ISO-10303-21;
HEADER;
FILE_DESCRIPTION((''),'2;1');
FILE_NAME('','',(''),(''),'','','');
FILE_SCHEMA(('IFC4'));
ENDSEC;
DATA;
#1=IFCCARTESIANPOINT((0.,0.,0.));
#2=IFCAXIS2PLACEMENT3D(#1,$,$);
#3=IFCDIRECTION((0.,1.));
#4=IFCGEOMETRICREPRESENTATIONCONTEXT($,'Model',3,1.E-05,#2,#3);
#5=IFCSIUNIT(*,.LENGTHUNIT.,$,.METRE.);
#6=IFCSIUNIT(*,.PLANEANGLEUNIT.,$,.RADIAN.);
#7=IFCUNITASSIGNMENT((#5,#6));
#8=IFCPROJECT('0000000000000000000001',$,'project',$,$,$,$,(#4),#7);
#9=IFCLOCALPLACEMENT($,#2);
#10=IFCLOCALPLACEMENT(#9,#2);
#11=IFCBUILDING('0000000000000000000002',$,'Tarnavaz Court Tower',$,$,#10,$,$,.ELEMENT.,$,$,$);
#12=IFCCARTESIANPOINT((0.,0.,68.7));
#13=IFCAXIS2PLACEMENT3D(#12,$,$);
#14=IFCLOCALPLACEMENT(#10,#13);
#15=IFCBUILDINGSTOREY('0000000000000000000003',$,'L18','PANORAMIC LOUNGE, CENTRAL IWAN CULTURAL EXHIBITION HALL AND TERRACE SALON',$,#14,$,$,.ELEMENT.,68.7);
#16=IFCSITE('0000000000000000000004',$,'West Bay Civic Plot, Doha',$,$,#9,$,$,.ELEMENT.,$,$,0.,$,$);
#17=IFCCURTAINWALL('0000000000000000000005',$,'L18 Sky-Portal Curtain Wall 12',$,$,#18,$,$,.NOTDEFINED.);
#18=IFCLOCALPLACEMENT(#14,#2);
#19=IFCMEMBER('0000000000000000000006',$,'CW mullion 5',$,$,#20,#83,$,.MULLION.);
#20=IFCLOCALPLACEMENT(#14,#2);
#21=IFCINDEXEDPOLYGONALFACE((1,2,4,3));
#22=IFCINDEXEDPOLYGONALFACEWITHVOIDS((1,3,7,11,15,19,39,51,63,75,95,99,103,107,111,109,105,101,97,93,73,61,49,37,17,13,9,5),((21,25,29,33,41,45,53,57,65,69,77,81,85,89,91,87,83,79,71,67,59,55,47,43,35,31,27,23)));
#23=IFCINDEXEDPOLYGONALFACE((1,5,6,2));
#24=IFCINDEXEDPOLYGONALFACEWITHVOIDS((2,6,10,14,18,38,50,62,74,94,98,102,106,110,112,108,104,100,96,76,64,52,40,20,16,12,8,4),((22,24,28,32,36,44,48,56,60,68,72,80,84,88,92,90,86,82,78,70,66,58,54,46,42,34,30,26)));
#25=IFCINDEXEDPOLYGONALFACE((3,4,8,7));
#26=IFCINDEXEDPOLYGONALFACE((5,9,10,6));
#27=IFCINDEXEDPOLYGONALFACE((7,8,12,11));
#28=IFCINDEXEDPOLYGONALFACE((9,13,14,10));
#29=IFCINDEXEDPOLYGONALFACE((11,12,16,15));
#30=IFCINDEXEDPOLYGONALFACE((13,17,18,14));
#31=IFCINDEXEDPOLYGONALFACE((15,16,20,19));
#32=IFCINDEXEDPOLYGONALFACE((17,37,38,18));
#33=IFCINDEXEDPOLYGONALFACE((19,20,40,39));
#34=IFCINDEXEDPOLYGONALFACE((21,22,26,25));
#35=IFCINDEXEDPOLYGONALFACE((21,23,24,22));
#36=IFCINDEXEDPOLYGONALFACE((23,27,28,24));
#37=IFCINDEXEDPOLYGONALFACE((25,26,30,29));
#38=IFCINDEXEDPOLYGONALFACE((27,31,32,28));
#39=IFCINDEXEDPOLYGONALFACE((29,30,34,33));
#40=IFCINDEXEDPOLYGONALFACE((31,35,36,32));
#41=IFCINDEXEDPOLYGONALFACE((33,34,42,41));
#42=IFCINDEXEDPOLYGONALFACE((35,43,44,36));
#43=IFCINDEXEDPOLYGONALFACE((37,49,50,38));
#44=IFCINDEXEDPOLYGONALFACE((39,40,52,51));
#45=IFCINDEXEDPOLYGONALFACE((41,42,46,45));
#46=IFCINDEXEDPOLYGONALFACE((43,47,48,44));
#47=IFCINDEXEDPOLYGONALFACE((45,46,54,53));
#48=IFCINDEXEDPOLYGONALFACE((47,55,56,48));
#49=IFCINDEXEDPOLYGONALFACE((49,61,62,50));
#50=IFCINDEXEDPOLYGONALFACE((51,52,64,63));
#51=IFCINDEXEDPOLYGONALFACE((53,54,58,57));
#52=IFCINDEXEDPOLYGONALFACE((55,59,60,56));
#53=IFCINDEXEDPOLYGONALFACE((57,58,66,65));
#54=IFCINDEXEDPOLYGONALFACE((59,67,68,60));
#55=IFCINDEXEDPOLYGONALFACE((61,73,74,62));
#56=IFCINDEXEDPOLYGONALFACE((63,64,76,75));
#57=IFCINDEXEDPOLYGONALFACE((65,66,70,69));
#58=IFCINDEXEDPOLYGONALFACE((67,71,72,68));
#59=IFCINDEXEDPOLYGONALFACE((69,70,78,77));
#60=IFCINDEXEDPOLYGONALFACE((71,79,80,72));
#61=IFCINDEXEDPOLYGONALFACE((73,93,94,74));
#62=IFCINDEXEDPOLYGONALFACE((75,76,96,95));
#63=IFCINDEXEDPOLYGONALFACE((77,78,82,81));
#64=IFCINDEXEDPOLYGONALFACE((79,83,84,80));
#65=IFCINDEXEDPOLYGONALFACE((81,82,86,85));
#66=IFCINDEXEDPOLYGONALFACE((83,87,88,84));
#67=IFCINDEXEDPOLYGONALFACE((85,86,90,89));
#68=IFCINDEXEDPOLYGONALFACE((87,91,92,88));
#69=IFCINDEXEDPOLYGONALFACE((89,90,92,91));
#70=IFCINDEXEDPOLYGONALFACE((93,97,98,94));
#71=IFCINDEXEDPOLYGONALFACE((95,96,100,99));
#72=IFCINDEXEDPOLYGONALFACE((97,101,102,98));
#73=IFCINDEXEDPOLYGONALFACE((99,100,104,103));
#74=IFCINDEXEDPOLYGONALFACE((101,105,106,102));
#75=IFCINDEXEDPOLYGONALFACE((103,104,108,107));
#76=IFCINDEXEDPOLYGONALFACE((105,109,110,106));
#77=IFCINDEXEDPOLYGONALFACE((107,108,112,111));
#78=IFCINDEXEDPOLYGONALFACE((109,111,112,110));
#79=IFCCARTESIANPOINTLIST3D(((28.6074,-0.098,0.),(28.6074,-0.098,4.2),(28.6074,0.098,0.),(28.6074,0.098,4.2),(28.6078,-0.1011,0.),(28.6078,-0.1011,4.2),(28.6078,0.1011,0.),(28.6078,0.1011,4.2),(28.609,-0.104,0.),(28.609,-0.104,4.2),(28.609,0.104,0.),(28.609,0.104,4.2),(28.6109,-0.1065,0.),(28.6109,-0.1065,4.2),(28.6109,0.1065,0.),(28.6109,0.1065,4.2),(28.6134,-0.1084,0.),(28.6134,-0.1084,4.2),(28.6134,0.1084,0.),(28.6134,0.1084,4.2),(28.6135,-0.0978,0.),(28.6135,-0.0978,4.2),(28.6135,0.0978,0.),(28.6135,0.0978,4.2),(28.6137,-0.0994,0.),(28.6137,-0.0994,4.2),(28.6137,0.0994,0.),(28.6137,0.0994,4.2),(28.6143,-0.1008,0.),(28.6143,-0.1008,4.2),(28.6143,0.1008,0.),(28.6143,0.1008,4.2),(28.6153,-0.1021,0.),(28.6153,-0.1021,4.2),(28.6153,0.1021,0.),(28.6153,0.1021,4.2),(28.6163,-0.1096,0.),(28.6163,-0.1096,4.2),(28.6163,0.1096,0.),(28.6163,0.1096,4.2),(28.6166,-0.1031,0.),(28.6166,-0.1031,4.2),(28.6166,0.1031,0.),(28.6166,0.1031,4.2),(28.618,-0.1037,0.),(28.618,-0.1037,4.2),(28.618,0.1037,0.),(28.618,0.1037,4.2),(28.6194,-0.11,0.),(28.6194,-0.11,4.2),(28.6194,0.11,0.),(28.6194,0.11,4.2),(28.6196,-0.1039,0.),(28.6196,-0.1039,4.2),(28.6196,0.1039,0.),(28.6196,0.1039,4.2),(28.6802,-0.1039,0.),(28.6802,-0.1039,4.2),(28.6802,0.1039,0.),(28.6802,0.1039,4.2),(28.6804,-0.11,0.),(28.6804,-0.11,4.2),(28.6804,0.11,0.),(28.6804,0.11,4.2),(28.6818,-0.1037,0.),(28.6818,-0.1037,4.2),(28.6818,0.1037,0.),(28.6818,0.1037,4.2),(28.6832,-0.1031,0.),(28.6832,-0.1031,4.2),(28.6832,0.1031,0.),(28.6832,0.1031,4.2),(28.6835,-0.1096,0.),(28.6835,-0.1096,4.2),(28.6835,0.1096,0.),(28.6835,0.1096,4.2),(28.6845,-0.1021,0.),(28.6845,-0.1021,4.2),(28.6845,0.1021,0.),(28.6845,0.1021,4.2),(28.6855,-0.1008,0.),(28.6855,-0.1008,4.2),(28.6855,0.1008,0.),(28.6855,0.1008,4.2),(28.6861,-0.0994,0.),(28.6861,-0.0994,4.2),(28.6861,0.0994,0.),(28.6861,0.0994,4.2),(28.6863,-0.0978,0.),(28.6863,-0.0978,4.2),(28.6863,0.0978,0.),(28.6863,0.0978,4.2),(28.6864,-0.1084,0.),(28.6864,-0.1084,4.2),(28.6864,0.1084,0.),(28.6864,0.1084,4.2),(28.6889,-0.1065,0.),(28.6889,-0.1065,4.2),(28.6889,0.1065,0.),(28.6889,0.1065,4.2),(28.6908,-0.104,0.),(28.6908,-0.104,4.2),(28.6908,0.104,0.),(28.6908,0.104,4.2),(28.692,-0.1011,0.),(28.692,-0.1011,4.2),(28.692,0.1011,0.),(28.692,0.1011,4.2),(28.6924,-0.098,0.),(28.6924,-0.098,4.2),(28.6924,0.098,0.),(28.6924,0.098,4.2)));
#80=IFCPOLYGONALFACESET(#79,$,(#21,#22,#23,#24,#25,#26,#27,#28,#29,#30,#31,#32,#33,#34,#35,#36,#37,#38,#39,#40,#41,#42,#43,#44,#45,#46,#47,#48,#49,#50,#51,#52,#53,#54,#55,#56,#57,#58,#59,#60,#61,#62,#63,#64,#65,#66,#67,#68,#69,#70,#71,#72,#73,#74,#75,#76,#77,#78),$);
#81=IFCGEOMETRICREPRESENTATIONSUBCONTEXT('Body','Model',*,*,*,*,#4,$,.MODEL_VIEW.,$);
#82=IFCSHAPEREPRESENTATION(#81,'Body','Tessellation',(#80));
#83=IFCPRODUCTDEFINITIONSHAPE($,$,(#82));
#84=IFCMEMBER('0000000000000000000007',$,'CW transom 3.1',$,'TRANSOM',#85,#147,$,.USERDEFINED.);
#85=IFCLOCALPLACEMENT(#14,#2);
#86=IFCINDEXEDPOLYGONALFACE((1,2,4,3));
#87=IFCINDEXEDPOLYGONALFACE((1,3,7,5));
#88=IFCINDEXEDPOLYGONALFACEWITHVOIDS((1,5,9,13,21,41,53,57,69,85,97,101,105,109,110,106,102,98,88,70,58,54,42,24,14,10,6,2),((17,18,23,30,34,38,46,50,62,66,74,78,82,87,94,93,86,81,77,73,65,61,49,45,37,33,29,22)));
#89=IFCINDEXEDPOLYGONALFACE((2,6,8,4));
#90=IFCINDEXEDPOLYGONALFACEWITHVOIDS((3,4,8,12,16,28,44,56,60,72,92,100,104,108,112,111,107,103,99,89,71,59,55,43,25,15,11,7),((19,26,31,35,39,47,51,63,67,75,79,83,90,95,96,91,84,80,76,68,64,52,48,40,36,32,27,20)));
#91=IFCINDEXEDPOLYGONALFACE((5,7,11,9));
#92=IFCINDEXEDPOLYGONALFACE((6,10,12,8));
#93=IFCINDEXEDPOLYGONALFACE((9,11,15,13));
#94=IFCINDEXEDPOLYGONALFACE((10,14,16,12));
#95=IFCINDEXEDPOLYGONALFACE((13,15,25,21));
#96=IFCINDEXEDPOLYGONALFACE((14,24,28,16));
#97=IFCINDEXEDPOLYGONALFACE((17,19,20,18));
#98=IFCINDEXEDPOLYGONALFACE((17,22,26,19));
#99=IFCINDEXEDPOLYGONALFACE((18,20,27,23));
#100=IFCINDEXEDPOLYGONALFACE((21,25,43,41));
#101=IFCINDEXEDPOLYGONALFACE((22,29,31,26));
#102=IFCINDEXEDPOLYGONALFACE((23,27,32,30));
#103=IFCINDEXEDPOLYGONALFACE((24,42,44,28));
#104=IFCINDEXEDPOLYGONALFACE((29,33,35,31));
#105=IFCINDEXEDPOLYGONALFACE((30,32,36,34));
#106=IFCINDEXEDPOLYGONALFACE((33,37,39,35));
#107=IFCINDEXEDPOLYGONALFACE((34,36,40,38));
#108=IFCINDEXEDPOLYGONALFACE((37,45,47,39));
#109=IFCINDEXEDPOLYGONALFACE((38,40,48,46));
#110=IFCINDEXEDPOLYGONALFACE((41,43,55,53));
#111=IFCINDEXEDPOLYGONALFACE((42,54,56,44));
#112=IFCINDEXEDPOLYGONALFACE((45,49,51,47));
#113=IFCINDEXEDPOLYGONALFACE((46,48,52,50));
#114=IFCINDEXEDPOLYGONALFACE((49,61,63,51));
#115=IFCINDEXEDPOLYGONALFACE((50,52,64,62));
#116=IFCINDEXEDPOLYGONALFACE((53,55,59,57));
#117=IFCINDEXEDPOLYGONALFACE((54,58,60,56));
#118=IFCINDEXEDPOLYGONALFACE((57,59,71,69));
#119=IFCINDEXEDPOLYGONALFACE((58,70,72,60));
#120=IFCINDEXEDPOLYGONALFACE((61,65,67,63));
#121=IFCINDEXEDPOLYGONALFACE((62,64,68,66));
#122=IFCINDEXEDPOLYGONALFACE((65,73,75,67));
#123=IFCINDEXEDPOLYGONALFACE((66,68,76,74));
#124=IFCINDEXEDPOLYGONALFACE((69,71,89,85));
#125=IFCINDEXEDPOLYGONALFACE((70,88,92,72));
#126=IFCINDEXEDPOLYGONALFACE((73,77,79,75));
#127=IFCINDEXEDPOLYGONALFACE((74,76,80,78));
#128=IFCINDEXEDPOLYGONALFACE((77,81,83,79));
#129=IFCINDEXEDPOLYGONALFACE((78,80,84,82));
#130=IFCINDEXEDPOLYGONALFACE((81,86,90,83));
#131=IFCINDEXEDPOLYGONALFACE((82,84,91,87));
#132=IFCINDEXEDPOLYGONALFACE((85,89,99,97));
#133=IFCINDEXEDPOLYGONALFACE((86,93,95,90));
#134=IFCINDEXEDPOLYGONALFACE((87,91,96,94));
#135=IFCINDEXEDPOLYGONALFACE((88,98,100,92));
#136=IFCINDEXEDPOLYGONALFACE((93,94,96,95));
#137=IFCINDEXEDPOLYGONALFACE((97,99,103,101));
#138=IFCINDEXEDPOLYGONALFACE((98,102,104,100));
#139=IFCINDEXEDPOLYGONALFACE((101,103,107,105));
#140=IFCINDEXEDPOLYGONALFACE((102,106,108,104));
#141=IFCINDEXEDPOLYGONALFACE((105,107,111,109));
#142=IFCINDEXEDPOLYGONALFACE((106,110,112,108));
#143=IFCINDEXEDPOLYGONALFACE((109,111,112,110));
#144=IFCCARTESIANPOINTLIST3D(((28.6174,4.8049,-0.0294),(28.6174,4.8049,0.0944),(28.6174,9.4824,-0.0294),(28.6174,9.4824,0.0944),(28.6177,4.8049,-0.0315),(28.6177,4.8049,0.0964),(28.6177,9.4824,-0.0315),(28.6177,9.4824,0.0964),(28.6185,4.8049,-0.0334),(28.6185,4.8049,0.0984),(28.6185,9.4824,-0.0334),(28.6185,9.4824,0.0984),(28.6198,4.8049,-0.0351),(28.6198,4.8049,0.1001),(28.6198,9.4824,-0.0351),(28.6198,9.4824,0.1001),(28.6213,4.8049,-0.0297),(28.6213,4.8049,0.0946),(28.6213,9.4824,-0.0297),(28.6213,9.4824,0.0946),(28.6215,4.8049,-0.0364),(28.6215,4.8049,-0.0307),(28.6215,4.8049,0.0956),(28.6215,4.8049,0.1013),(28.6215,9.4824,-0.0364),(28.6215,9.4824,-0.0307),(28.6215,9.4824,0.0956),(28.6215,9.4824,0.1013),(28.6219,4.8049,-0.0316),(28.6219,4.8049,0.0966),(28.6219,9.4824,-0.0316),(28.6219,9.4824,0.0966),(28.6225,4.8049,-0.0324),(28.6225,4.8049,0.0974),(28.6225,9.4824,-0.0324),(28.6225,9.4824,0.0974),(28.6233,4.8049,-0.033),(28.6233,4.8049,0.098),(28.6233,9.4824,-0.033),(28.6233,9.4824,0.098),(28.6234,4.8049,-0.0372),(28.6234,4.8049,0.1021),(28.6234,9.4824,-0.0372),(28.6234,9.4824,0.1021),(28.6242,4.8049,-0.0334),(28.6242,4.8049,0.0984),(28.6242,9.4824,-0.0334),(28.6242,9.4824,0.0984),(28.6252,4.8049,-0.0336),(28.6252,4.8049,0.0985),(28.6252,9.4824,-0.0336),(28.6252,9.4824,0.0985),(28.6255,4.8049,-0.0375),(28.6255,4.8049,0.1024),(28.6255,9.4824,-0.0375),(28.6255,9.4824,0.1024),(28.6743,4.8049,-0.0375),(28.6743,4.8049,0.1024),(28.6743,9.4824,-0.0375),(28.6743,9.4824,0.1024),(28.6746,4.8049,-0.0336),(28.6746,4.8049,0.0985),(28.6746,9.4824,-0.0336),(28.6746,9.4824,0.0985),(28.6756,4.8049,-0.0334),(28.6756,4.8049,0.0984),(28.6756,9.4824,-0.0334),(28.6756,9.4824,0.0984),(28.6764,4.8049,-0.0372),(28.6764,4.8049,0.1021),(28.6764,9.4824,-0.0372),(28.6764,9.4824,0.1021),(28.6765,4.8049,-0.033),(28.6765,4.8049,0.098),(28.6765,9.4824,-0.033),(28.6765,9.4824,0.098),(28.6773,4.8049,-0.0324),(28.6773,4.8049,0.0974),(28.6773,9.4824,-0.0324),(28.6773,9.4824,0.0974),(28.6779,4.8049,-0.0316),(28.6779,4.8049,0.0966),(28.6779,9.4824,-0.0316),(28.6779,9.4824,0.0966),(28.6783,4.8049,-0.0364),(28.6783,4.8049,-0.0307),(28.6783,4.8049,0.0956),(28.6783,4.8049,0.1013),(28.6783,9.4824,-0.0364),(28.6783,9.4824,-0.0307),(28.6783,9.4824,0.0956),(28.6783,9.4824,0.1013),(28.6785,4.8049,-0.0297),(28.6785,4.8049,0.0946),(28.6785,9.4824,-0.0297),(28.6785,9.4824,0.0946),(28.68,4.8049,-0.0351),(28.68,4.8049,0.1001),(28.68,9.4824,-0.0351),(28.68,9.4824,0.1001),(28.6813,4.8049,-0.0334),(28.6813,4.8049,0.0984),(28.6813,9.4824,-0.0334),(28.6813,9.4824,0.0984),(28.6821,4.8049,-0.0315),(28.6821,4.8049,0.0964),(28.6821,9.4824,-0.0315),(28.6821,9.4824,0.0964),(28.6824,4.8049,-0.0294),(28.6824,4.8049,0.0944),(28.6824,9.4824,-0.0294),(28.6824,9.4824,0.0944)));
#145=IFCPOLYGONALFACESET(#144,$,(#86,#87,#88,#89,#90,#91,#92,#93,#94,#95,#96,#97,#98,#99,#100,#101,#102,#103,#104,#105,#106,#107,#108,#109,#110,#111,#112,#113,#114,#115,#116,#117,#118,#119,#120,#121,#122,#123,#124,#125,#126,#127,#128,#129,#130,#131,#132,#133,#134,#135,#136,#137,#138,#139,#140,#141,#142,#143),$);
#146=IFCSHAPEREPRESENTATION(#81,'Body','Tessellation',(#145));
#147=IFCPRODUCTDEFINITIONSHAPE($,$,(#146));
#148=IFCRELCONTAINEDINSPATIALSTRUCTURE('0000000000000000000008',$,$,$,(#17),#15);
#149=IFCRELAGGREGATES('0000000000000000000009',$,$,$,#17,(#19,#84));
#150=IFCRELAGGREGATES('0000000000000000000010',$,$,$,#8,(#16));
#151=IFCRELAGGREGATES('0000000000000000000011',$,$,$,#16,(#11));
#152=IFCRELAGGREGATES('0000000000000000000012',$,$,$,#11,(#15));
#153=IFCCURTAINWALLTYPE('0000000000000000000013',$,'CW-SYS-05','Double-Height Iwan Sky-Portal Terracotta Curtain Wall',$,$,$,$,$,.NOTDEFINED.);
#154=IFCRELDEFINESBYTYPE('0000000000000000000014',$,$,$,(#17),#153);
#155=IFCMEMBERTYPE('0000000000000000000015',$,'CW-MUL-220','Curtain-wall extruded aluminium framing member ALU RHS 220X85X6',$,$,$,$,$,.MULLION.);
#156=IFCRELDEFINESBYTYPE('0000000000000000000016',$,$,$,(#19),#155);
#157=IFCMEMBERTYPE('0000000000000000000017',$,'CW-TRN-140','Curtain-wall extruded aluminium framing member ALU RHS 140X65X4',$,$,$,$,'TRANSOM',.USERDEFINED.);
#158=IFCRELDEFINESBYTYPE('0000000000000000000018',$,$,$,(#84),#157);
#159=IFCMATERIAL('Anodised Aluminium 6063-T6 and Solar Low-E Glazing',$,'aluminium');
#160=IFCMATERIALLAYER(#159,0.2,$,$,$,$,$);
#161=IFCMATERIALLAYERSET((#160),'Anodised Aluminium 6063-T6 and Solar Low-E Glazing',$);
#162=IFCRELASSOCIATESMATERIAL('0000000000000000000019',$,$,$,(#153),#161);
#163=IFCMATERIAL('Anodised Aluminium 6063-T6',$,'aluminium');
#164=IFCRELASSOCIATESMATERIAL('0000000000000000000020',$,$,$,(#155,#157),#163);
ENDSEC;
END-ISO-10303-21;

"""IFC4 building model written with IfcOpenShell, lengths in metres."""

from ifc_helpers import new_model, si_unit, direction, frame, origin, origin_2d, place, context, subcontext, project, spatial, hollow_rectangle, extrude, material, layer, layer_set, material_profile, profile_set, type_object, element, aggregate, save


model = new_model("IFC4")

# Units and contexts
model_context = context("Model", 3, precision=1e-05, world=origin(), true_north=direction((0.0, 1.0)))
body_context = subcontext(model_context, "Body", "Model", "MODEL_VIEW")
ifc_project = project(units=[si_unit("LENGTHUNIT", "METRE"), si_unit("PLANEANGLEUNIT", "RADIAN")], contexts=[model_context])

# Site, building, storey
site_placement = place(None, origin())
site = spatial("IfcSite", under=ifc_project, at=site_placement, Name="West Bay Civic Plot, Doha", CompositionType="ELEMENT", RefElevation=0.0)
building_placement = place(site_placement, origin())
building = spatial("IfcBuilding", under=site, at=building_placement, Name="Tarnavaz Court Tower", CompositionType="ELEMENT")
storey_placement = place(building_placement, frame((0.0, 0.0, 68.7)))
storey = spatial("IfcBuildingStorey", under=building, at=storey_placement, Name="L18", Description="PANORAMIC LOUNGE, CENTRAL IWAN CULTURAL EXHIBITION HALL AND TERRACE SALON", CompositionType="ELEMENT", Elevation=68.7)

# Curtain wall, members
ifc_material_1 = material(Name="Anodised Aluminium 6063-T6 and Solar Low-E Glazing", Category="aluminium")
ifc_layer_1 = layer(ifc_material_1, 0.2)
ifc_layer_set_1 = layer_set([ifc_layer_1], Name="Anodised Aluminium 6063-T6 and Solar Low-E Glazing")
curtain_wall_type = type_object("IfcCurtainWallType", Name="CW-SYS-05", Description="Double-Height Iwan Sky-Portal Terracotta Curtain Wall", PredefinedType="NOTDEFINED", material=ifc_layer_set_1)
curtain_wall_placement = place(storey_placement, origin())
curtain_wall = element("IfcCurtainWall", 1, at=curtain_wall_placement, inside=storey, type_object=curtain_wall_type, Name="L18 Sky-Portal Curtain Wall 12", PredefinedType="NOTDEFINED")
ifc_material_2 = material(Name="Anodised Aluminium 6063-T6", Category="aluminium")
ifc_material_profile_1 = material_profile(ifc_material_2, hollow_rectangle(XDim=0.085, YDim=0.22, WallThickness=0.0061, InnerFilletRadius=0.0061, OuterFilletRadius=0.012, at=origin_2d()), Name="ALU RHS 220X85X6")
ifc_profile_set_1 = profile_set([ifc_material_profile_1], Name="Anodised Aluminium 6063-T6")
member_type_1 = type_object("IfcMemberType", Name="CW-MUL-220", Description="Curtain-wall extruded aluminium framing member ALU RHS 220X85X6", PredefinedType="MULLION", material=ifc_profile_set_1)
member_1_placement = place(storey_placement, frame((28.6499, 0.0, 0.0), z_axis=(0.0, 0.0, 1.0), x_axis=(1.0, 0.0, 0.0)))
member_1 = element("IfcMember", 2, at=member_1_placement, type_object=member_type_1, Name="CW mullion 5", PredefinedType="MULLION", context=body_context, shape_type="SweptSolid", body=[
    extrude(hollow_rectangle(XDim=0.085, YDim=0.22, WallThickness=0.0061, InnerFilletRadius=0.0061, OuterFilletRadius=0.012, at=origin_2d()), origin(), (0.0, 0.0, 1.0), 4.2),
])
ifc_material_profile_2 = material_profile(ifc_material_2, hollow_rectangle(XDim=0.0649, YDim=0.1399, WallThickness=0.0039, InnerFilletRadius=0.0039, OuterFilletRadius=0.0081, at=origin_2d()), Name="ALU RHS 140X65X4")
ifc_profile_set_2 = profile_set([ifc_material_profile_2], Name="Anodised Aluminium 6063-T6")
member_type_2 = type_object("IfcMemberType", Name="CW-TRN-140", Description="Curtain-wall extruded aluminium framing member ALU RHS 140X65X4", ElementType="TRANSOM", PredefinedType="USERDEFINED", material=ifc_profile_set_2)
member_2_placement = place(storey_placement, frame((28.6499, 9.4824, 0.0325), z_axis=(0.0, -1.0, 0.0), x_axis=(1.0, 0.0, 0.0)))
member_2 = element("IfcMember", 3, at=member_2_placement, type_object=member_type_2, Name="CW transom 3.1", ObjectType="TRANSOM", PredefinedType="USERDEFINED", context=body_context, shape_type="SweptSolid", body=[
    extrude(hollow_rectangle(XDim=0.0649, YDim=0.1399, WallThickness=0.0039, InnerFilletRadius=0.0039, OuterFilletRadius=0.0081, at=origin_2d()), origin(), (0.0, 0.0, 1.0), 4.6775),
])
aggregate(curtain_wall, [member_1, member_2])

save(model, "model.ifc")
